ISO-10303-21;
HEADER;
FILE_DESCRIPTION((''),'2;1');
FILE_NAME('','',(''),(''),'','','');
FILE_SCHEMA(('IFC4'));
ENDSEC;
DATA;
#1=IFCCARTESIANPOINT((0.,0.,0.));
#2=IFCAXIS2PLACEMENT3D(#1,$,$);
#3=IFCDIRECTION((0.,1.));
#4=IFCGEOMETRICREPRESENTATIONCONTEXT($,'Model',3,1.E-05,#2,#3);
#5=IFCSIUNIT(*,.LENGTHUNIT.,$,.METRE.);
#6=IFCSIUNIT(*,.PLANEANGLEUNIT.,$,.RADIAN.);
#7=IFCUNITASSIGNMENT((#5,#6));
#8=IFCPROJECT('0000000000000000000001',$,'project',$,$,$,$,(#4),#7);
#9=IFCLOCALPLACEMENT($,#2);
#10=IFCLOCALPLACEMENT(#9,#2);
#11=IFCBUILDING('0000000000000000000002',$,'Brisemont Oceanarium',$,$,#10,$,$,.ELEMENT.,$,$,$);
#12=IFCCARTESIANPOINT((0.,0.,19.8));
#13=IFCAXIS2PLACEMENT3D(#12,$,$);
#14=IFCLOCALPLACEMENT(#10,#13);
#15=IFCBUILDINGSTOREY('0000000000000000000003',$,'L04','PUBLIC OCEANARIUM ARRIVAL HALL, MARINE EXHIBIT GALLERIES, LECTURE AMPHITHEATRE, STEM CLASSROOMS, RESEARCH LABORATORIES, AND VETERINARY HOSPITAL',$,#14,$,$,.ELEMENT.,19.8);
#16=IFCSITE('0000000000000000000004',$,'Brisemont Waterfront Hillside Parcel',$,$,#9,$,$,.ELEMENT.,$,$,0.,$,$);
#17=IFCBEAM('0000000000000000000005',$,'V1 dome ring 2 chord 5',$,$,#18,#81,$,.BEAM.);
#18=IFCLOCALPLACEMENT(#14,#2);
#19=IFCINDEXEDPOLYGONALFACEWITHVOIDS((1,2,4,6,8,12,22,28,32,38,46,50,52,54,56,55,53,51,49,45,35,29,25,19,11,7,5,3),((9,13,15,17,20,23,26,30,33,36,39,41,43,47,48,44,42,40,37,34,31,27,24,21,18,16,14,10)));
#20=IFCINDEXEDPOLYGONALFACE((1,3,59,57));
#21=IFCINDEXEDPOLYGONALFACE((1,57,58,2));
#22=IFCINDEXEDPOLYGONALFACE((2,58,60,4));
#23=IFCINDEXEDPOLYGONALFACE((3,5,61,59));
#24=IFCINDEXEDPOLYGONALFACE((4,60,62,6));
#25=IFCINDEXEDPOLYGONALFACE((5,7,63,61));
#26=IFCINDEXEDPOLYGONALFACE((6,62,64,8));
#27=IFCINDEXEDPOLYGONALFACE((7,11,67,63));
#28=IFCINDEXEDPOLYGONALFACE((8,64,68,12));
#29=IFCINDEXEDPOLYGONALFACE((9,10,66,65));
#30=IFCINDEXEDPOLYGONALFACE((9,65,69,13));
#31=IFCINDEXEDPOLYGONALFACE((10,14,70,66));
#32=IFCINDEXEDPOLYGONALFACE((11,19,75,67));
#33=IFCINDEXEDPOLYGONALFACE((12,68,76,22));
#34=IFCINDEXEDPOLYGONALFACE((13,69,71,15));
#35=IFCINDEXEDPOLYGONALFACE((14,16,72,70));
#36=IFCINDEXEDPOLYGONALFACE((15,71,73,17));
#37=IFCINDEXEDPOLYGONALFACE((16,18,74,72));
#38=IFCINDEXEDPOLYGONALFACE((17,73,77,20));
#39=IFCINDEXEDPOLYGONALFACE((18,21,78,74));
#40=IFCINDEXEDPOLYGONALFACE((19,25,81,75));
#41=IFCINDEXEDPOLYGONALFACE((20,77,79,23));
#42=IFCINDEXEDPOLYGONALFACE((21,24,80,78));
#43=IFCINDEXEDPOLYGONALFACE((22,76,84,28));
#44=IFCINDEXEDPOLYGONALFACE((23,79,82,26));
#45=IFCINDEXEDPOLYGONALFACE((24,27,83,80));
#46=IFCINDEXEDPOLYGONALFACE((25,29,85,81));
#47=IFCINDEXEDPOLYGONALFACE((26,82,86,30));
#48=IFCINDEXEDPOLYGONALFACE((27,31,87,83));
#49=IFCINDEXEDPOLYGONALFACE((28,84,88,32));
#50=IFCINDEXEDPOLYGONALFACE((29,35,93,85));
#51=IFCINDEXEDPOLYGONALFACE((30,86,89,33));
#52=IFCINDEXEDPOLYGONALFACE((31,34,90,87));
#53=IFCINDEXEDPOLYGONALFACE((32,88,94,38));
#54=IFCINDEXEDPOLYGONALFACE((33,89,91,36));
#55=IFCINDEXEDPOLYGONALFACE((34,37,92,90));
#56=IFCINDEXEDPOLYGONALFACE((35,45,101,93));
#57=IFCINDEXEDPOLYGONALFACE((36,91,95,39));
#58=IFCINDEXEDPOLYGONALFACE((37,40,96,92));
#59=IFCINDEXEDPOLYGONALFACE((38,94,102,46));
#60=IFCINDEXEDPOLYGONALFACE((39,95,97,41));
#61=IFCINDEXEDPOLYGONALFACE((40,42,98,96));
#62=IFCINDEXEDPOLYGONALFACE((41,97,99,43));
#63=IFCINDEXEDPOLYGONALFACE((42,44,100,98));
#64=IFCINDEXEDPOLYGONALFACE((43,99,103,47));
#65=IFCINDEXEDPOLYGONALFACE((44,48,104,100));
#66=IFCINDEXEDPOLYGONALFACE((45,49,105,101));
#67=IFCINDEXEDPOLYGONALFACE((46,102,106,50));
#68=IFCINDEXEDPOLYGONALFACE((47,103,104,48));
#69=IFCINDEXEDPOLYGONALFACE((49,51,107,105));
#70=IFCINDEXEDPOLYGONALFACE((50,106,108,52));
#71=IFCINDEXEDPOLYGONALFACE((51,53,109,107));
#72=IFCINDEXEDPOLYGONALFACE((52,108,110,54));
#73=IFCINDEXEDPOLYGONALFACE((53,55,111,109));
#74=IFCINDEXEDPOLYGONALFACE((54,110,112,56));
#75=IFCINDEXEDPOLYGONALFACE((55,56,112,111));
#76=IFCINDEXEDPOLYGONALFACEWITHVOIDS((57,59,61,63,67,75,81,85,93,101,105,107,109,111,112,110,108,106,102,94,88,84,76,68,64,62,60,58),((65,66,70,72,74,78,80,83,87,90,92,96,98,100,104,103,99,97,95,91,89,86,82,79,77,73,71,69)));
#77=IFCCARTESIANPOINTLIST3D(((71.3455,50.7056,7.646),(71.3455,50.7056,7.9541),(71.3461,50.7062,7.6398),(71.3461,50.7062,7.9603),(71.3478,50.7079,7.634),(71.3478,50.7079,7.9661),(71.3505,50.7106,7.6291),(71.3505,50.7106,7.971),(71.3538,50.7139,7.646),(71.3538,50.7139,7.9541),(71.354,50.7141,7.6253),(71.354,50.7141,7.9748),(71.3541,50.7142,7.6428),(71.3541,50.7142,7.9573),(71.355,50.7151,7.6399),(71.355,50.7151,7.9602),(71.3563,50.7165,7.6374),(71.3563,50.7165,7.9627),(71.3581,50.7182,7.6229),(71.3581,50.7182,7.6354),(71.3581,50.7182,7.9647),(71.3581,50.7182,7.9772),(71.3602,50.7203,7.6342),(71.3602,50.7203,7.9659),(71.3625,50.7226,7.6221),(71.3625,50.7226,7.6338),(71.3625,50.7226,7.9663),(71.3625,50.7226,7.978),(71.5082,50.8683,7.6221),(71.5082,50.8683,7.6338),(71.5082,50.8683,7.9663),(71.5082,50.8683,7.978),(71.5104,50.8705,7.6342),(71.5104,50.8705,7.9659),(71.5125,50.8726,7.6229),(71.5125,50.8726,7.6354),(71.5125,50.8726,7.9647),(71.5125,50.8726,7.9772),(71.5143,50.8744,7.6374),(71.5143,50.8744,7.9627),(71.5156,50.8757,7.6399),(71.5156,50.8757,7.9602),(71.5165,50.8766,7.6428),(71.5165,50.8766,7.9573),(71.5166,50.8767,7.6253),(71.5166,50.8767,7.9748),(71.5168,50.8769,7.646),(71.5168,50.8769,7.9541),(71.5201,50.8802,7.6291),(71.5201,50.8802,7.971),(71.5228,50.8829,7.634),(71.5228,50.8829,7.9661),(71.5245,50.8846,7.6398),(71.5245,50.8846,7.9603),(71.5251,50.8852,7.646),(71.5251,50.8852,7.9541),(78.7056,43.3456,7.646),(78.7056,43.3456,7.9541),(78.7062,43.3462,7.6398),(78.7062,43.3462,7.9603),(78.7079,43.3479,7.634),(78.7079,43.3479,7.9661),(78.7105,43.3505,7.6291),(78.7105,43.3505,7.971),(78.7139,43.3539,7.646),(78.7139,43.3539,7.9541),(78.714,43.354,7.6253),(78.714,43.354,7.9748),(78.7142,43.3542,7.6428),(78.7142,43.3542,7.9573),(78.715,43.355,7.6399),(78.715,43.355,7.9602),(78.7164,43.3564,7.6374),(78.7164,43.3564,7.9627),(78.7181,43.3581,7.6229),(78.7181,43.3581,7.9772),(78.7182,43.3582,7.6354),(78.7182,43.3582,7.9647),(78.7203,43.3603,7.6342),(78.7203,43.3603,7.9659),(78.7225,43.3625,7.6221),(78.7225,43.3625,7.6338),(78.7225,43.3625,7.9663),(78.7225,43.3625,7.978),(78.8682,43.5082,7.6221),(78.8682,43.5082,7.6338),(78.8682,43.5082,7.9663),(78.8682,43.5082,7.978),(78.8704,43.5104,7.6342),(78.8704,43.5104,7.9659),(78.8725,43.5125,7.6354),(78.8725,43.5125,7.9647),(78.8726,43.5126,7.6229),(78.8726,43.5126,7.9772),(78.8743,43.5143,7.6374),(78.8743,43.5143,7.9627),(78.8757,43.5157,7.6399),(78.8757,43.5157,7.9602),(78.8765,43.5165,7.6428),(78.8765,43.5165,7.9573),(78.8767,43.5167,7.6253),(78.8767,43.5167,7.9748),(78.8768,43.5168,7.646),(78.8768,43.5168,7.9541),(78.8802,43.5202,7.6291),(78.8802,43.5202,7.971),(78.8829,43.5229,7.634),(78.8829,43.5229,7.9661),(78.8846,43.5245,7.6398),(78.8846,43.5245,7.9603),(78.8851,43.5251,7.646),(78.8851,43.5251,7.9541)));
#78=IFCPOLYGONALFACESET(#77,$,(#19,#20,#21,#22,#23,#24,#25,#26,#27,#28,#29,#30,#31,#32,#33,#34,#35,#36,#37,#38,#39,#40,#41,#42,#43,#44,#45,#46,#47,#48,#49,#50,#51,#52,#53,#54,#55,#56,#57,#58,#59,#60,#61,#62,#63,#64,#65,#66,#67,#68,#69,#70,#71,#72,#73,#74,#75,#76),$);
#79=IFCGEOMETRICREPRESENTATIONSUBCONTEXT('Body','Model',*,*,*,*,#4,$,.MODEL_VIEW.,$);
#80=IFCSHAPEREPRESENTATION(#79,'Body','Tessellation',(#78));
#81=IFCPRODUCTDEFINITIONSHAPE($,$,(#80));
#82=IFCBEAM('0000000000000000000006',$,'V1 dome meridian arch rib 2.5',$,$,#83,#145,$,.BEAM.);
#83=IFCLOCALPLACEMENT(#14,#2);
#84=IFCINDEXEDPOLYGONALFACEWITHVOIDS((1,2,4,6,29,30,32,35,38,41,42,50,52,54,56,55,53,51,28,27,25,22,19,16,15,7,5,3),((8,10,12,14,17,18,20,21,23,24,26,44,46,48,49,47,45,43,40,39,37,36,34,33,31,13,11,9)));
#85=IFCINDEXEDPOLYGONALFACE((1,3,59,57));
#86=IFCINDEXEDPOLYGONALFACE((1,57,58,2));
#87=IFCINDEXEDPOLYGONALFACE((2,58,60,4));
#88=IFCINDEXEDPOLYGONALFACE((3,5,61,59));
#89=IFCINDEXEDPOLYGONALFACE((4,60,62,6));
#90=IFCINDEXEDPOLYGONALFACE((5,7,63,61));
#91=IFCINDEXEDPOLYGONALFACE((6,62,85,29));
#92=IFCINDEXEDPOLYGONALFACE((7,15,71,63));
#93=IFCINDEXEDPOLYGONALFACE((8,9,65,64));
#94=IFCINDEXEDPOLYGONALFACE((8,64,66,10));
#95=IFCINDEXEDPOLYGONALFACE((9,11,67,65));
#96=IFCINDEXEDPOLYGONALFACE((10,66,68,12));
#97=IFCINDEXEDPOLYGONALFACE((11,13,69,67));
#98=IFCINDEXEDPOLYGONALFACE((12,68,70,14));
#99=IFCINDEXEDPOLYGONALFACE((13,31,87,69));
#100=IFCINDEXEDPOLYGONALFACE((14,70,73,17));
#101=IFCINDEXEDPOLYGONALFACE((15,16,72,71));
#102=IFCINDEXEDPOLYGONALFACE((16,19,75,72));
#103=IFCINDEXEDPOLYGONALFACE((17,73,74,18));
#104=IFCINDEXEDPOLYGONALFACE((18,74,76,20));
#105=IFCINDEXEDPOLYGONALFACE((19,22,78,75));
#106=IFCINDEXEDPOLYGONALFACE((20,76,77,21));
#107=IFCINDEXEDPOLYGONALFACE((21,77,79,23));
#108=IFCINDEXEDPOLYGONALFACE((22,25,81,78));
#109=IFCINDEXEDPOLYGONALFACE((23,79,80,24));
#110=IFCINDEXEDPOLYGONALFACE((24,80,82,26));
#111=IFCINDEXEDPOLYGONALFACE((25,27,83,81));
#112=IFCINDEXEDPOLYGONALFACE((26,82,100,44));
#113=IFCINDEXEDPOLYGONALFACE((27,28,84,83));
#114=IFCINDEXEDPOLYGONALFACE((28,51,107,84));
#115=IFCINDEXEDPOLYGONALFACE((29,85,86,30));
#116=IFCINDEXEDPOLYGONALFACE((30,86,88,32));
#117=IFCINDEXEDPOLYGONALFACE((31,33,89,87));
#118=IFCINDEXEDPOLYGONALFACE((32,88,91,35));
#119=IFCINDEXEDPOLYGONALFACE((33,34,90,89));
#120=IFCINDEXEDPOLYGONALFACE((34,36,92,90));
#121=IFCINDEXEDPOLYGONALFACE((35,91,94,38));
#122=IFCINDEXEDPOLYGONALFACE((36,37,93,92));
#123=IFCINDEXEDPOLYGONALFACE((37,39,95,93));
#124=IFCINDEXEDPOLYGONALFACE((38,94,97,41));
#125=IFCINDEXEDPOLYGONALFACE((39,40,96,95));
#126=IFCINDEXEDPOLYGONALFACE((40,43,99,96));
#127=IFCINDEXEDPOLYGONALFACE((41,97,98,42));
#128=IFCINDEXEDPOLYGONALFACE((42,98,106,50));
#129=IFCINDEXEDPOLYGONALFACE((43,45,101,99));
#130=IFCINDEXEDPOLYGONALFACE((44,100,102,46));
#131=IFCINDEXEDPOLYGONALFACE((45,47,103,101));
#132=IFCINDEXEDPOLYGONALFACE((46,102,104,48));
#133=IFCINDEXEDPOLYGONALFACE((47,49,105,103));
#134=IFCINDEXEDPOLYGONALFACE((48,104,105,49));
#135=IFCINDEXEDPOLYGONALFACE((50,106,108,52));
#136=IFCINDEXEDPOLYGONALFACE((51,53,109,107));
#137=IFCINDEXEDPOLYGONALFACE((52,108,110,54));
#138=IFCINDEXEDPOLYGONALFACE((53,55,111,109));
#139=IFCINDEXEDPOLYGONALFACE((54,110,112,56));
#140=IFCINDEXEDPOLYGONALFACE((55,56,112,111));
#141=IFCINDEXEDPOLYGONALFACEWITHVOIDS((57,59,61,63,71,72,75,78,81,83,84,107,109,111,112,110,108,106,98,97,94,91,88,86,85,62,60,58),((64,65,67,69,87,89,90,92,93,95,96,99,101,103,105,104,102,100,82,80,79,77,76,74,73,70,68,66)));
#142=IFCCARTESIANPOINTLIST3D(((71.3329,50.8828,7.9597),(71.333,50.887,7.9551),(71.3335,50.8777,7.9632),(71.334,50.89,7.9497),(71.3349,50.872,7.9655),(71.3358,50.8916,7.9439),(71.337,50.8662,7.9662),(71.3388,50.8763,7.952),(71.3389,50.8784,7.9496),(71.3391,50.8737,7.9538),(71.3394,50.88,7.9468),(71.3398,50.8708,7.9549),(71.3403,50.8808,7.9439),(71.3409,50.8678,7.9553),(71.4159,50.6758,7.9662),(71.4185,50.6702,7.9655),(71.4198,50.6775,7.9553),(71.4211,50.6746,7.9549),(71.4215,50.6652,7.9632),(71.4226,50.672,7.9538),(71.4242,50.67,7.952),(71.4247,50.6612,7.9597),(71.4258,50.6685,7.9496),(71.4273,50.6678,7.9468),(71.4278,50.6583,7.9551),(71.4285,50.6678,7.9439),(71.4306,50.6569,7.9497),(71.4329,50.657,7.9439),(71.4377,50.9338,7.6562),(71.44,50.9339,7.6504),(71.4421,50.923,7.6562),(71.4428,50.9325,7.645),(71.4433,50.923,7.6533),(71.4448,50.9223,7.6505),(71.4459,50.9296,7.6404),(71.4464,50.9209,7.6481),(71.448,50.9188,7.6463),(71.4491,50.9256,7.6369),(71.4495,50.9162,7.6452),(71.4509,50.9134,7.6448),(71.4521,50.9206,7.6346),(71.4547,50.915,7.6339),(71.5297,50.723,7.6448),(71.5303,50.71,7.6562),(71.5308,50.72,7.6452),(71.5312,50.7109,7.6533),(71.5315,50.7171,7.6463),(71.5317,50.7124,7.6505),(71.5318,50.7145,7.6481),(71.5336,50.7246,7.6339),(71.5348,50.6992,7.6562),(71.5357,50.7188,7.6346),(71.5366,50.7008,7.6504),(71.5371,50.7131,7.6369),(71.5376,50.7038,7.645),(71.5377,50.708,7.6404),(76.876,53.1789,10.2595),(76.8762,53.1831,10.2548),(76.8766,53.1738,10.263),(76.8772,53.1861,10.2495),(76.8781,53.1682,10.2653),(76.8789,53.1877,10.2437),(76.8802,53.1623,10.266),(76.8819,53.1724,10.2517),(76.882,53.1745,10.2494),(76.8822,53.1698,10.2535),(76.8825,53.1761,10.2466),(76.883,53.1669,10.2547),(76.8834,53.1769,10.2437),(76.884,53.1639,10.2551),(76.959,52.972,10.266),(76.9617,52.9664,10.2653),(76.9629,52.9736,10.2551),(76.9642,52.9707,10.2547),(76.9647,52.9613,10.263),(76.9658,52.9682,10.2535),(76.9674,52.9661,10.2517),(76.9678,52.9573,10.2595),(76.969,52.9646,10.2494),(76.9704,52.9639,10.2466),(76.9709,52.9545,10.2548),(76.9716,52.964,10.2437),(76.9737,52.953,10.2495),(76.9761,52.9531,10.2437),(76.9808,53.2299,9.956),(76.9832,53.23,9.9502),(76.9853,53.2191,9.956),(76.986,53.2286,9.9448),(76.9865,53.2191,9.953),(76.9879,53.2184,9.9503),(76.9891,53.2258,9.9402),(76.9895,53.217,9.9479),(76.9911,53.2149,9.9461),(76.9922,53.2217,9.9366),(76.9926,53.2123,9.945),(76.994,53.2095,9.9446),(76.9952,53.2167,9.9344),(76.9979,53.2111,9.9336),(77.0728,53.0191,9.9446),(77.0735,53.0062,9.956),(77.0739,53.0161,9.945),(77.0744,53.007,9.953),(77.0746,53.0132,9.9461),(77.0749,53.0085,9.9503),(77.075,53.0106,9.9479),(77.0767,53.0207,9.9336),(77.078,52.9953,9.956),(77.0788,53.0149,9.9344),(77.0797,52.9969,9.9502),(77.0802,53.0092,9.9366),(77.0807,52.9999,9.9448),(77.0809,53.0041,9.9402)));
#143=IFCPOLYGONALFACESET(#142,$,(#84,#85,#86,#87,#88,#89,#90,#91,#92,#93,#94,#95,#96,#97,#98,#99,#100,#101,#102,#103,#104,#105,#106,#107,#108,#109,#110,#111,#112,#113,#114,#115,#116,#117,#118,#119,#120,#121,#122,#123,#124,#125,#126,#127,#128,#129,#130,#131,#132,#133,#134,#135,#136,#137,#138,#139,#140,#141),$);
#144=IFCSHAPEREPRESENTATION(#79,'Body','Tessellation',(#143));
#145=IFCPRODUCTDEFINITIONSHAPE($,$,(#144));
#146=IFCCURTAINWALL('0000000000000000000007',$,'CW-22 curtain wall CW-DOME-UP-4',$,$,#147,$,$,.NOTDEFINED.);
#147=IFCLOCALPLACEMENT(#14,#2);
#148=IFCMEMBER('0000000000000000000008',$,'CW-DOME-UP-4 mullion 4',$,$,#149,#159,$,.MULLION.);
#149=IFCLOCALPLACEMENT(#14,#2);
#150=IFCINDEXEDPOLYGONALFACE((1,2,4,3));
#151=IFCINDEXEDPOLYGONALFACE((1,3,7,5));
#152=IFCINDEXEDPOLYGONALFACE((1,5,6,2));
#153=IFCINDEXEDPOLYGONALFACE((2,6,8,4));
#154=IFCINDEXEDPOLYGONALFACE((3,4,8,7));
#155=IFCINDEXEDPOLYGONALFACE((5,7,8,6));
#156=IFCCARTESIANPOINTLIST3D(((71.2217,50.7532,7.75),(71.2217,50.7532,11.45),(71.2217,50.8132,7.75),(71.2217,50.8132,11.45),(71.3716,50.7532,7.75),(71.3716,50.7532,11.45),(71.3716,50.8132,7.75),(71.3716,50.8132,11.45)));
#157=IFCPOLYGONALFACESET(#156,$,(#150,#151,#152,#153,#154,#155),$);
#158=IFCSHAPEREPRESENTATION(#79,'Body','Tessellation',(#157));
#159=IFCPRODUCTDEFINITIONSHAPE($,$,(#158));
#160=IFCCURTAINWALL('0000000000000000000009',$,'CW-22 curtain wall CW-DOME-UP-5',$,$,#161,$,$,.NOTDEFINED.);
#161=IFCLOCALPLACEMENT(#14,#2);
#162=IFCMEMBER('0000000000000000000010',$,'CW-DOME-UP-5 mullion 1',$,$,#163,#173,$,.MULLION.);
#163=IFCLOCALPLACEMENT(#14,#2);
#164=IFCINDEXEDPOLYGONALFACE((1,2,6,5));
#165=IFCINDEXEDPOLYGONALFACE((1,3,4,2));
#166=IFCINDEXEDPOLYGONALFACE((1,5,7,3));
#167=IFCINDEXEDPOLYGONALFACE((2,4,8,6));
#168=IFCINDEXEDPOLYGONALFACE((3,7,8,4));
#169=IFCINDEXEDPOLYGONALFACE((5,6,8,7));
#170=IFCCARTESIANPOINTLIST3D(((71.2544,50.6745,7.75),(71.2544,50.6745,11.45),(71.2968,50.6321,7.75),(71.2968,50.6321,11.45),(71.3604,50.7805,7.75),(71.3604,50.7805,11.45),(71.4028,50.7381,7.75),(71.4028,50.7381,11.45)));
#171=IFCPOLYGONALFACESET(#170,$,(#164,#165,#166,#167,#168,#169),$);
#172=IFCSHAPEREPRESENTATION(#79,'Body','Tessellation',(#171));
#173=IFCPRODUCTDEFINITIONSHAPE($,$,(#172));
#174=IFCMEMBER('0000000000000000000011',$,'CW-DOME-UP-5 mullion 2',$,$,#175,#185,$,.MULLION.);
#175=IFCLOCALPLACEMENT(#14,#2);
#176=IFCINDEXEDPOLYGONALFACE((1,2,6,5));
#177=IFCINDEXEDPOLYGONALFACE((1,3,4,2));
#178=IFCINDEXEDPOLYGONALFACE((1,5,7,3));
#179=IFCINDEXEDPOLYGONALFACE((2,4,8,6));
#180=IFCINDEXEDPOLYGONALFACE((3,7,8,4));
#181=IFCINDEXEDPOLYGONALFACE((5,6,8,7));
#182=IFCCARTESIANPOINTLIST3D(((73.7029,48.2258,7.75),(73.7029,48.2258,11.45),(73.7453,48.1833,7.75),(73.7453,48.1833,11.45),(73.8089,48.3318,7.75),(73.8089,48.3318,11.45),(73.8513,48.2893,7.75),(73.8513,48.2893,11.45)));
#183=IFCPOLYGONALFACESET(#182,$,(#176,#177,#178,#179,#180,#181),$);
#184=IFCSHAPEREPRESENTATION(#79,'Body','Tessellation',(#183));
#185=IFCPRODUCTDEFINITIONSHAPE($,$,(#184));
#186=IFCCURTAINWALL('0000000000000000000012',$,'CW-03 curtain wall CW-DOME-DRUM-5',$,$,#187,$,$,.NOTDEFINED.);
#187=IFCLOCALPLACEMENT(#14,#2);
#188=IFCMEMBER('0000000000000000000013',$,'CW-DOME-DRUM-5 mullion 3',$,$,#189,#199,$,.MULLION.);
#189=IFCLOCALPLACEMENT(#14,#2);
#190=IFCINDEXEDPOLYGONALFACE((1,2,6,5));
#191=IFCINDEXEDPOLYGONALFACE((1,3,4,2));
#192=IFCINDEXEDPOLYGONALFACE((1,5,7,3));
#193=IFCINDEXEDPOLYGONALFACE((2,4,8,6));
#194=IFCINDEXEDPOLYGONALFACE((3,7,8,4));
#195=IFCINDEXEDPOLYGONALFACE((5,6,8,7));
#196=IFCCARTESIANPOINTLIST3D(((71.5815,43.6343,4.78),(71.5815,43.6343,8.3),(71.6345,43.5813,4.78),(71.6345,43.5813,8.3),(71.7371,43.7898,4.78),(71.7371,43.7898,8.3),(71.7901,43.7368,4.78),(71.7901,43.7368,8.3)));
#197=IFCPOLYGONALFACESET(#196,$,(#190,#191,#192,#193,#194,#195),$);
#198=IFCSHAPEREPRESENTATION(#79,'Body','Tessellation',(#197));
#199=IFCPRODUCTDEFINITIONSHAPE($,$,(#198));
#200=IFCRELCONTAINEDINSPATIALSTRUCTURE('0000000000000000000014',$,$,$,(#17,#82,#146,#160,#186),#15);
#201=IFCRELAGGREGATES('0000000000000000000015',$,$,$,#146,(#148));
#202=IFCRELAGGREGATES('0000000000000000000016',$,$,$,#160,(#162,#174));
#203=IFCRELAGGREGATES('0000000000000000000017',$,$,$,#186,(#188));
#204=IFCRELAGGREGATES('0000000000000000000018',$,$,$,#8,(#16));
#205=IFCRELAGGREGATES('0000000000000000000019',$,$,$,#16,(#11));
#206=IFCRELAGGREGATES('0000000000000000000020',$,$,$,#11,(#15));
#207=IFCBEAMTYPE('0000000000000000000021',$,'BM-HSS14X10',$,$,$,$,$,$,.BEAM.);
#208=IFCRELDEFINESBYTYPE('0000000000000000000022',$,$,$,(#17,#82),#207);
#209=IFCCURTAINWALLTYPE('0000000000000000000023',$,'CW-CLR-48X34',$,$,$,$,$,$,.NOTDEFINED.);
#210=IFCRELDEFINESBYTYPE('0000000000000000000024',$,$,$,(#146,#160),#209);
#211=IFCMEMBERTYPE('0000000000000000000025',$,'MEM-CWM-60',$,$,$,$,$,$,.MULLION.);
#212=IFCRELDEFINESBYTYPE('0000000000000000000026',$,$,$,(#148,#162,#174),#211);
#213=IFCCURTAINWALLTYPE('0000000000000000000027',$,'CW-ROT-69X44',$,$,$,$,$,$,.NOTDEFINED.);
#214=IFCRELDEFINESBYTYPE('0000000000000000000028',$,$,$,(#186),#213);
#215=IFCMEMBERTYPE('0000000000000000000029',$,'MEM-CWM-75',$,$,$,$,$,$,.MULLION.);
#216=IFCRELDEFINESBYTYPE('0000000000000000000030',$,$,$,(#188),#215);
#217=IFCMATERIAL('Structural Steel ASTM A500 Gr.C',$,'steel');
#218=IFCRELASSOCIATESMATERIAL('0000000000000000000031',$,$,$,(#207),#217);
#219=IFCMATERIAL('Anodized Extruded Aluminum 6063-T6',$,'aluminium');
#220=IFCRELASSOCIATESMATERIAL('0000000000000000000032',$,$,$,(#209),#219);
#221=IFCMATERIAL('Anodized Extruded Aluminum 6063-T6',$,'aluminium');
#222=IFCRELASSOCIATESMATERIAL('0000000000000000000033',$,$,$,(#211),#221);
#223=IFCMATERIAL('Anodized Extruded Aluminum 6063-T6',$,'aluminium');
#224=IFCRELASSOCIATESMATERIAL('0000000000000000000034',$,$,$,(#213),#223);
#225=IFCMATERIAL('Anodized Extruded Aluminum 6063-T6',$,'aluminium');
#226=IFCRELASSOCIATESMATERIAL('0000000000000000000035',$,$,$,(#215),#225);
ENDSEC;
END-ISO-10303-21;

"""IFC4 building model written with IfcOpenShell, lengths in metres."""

from ifc_helpers import new_model, si_unit, direction, frame, origin, origin_2d, place, context, subcontext, project, spatial, rectangle, hollow_rectangle, extrude, material, material_profile, profile_set, type_object, element, aggregate, save


model = new_model("IFC4")

# Units and contexts
model_context = context("Model", 3, precision=1e-05, world=origin(), true_north=direction((0.0, 1.0)))
body_context = subcontext(model_context, "Body", "Model", "MODEL_VIEW")
ifc_project = project(units=[si_unit("LENGTHUNIT", "METRE"), si_unit("PLANEANGLEUNIT", "RADIAN")], contexts=[model_context])

# Site, building, storey
site_placement = place(None, origin())
site = spatial("IfcSite", under=ifc_project, at=site_placement, Name="Brisemont Waterfront Hillside Parcel", CompositionType="ELEMENT", RefElevation=0.0)
building_placement = place(site_placement, origin())
building = spatial("IfcBuilding", under=site, at=building_placement, Name="Brisemont Oceanarium", CompositionType="ELEMENT")
storey_placement = place(building_placement, frame((0.0, 0.0, 19.8)))
storey = spatial("IfcBuildingStorey", under=building, at=storey_placement, Name="L04", Description="PUBLIC OCEANARIUM ARRIVAL HALL, MARINE EXHIBIT GALLERIES, LECTURE AMPHITHEATRE, STEM CLASSROOMS, RESEARCH LABORATORIES, AND VETERINARY HOSPITAL", CompositionType="ELEMENT", Elevation=19.8)

# Beams
ifc_material_1 = material(Name="Structural Steel ASTM A500 Gr.C", Category="steel")
ifc_material_profile_1 = material_profile(ifc_material_1, hollow_rectangle(XDim=0.2539, YDim=0.356, WallThickness=0.0117, InnerFilletRadius=0.0122, OuterFilletRadius=0.0239, at=origin_2d()), Name="HSS14X10X1/2")
ifc_profile_set_1 = profile_set([ifc_material_profile_1], Name="Structural Steel ASTM A500 Gr.C")
beam_type = type_object("IfcBeamType", Name="BM-HSS14X10", PredefinedType="BEAM", material=ifc_profile_set_1)
beam_1_placement = place(storey_placement, frame((71.4353, 50.7954, 7.8), z_axis=(0.707107, -0.707107, 0.0), x_axis=(0.707107, 0.707107, 0.0)))
element("IfcBeam", 1, at=beam_1_placement, inside=storey, type_object=beam_type, Name="V1 dome ring 2 chord 5", PredefinedType="BEAM", context=body_context, shape_type="SweptSolid", body=[
    extrude(hollow_rectangle(XDim=0.2539, YDim=0.356, WallThickness=0.0117, InnerFilletRadius=0.0122, OuterFilletRadius=0.0239, at=origin_2d()), origin(), (0.0, 0.0, 1.0), 10.4087),
])
beam_2_placement = place(storey_placement, frame((71.4353, 50.7954, 7.8), z_axis=(0.862674, 0.357342, 0.357912), x_axis=(-0.382693, 0.923875, 0.0)))
element("IfcBeam", 2, at=beam_2_placement, inside=storey, type_object=beam_type, Name="V1 dome meridian arch rib 2.5", PredefinedType="BEAM", context=body_context, shape_type="SweptSolid", body=[
    extrude(hollow_rectangle(XDim=0.2539, YDim=0.356, WallThickness=0.0117, InnerFilletRadius=0.0122, OuterFilletRadius=0.0239, at=origin_2d()), origin(), (0.0, 0.0, 1.0), 6.4255),
])

# Curtain wall, member
ifc_material_2 = material(Name="Anodized Extruded Aluminum 6063-T6", Category="aluminium")
curtain_wall_type_1 = type_object("IfcCurtainWallType", Name="CW-CLR-48X34", PredefinedType="NOTDEFINED", material=ifc_material_2)
curtain_wall_1_placement = place(storey_placement, origin())
curtain_wall_1 = element("IfcCurtainWall", 3, at=curtain_wall_1_placement, inside=storey, type_object=curtain_wall_type_1, Name="CW-22 curtain wall CW-DOME-UP-4", PredefinedType="NOTDEFINED")
ifc_material_3 = material(Name="Anodized Extruded Aluminum 6063-T6", Category="aluminium")
ifc_material_profile_2 = material_profile(ifc_material_3, rectangle(XDim=0.0601, YDim=0.1499, at=origin_2d()), Name="CWM-60X150")
ifc_profile_set_2 = profile_set([ifc_material_profile_2], Name="Anodized Extruded Aluminum 6063-T6")
member_type_1 = type_object("IfcMemberType", Name="MEM-CWM-60", PredefinedType="MULLION", material=ifc_profile_set_2)
member_1_placement = place(storey_placement, frame((71.2966, 50.7832, 7.75), z_axis=(0.0, 0.0, 1.0), x_axis=(0.0, -1.0, 0.0)))
member_1 = element("IfcMember", 4, at=member_1_placement, type_object=member_type_1, Name="CW-DOME-UP-4 mullion 4", PredefinedType="MULLION", context=body_context, shape_type="SweptSolid", body=[
    extrude(rectangle(XDim=0.0601, YDim=0.1499, at=origin_2d()), origin(), (0.0, 0.0, 1.0), 3.7),
])

# Curtain walls, members
curtain_wall_2_placement = place(storey_placement, origin())
curtain_wall_2 = element("IfcCurtainWall", 5, at=curtain_wall_2_placement, inside=storey, type_object=curtain_wall_type_1, Name="CW-22 curtain wall CW-DOME-UP-5", PredefinedType="NOTDEFINED")
member_2_placement = place(storey_placement, frame((71.3286, 50.7063, 7.75), z_axis=(0.0, 0.0, 1.0), x_axis=(0.707107, -0.707107, 0.0)))
member_2 = element("IfcMember", 6, at=member_2_placement, type_object=member_type_1, Name="CW-DOME-UP-5 mullion 1", PredefinedType="MULLION", context=body_context, shape_type="SweptSolid", body=[
    extrude(rectangle(XDim=0.0601, YDim=0.1499, at=origin_2d()), origin(), (0.0, 0.0, 1.0), 3.7),
])
member_3_placement = place(storey_placement, frame((73.7771, 48.2576, 7.75), z_axis=(0.0, 0.0, 1.0), x_axis=(0.707107, -0.707107, 0.0)))
member_3 = element("IfcMember", 7, at=member_3_placement, type_object=member_type_1, Name="CW-DOME-UP-5 mullion 2", PredefinedType="MULLION", context=body_context, shape_type="SweptSolid", body=[
    extrude(rectangle(XDim=0.0601, YDim=0.1499, at=origin_2d()), origin(), (0.0, 0.0, 1.0), 3.7),
])
ifc_material_4 = material(Name="Anodized Extruded Aluminum 6063-T6", Category="aluminium")
curtain_wall_type_2 = type_object("IfcCurtainWallType", Name="CW-ROT-69X44", PredefinedType="NOTDEFINED", material=ifc_material_4)
curtain_wall_3_placement = place(storey_placement, origin())
curtain_wall_3 = element("IfcCurtainWall", 8, at=curtain_wall_3_placement, inside=storey, type_object=curtain_wall_type_2, Name="CW-03 curtain wall CW-DOME-DRUM-5", PredefinedType="NOTDEFINED")
ifc_material_5 = material(Name="Anodized Extruded Aluminum 6063-T6", Category="aluminium")
ifc_material_profile_3 = material_profile(ifc_material_5, rectangle(XDim=0.075, YDim=0.22, at=origin_2d()), Name="CWM-75X220")
ifc_profile_set_3 = profile_set([ifc_material_profile_3], Name="Anodized Extruded Aluminum 6063-T6")
member_type_2 = type_object("IfcMemberType", Name="MEM-CWM-75", PredefinedType="MULLION", material=ifc_profile_set_3)
member_4_placement = place(storey_placement, frame((71.6858, 43.6855, 4.78), z_axis=(0.0, 0.0, 1.0), x_axis=(0.707107, -0.707107, 0.0)))
member_4 = element("IfcMember", 9, at=member_4_placement, type_object=member_type_2, Name="CW-DOME-DRUM-5 mullion 3", PredefinedType="MULLION", context=body_context, shape_type="SweptSolid", body=[
    extrude(rectangle(XDim=0.075, YDim=0.22, at=origin_2d()), origin(), (0.0, 0.0, 1.0), 3.52),
])

aggregate(curtain_wall_1, [member_1])
aggregate(curtain_wall_2, [member_2, member_3])
aggregate(curtain_wall_3, [member_4])

save(model, "model.ifc")
